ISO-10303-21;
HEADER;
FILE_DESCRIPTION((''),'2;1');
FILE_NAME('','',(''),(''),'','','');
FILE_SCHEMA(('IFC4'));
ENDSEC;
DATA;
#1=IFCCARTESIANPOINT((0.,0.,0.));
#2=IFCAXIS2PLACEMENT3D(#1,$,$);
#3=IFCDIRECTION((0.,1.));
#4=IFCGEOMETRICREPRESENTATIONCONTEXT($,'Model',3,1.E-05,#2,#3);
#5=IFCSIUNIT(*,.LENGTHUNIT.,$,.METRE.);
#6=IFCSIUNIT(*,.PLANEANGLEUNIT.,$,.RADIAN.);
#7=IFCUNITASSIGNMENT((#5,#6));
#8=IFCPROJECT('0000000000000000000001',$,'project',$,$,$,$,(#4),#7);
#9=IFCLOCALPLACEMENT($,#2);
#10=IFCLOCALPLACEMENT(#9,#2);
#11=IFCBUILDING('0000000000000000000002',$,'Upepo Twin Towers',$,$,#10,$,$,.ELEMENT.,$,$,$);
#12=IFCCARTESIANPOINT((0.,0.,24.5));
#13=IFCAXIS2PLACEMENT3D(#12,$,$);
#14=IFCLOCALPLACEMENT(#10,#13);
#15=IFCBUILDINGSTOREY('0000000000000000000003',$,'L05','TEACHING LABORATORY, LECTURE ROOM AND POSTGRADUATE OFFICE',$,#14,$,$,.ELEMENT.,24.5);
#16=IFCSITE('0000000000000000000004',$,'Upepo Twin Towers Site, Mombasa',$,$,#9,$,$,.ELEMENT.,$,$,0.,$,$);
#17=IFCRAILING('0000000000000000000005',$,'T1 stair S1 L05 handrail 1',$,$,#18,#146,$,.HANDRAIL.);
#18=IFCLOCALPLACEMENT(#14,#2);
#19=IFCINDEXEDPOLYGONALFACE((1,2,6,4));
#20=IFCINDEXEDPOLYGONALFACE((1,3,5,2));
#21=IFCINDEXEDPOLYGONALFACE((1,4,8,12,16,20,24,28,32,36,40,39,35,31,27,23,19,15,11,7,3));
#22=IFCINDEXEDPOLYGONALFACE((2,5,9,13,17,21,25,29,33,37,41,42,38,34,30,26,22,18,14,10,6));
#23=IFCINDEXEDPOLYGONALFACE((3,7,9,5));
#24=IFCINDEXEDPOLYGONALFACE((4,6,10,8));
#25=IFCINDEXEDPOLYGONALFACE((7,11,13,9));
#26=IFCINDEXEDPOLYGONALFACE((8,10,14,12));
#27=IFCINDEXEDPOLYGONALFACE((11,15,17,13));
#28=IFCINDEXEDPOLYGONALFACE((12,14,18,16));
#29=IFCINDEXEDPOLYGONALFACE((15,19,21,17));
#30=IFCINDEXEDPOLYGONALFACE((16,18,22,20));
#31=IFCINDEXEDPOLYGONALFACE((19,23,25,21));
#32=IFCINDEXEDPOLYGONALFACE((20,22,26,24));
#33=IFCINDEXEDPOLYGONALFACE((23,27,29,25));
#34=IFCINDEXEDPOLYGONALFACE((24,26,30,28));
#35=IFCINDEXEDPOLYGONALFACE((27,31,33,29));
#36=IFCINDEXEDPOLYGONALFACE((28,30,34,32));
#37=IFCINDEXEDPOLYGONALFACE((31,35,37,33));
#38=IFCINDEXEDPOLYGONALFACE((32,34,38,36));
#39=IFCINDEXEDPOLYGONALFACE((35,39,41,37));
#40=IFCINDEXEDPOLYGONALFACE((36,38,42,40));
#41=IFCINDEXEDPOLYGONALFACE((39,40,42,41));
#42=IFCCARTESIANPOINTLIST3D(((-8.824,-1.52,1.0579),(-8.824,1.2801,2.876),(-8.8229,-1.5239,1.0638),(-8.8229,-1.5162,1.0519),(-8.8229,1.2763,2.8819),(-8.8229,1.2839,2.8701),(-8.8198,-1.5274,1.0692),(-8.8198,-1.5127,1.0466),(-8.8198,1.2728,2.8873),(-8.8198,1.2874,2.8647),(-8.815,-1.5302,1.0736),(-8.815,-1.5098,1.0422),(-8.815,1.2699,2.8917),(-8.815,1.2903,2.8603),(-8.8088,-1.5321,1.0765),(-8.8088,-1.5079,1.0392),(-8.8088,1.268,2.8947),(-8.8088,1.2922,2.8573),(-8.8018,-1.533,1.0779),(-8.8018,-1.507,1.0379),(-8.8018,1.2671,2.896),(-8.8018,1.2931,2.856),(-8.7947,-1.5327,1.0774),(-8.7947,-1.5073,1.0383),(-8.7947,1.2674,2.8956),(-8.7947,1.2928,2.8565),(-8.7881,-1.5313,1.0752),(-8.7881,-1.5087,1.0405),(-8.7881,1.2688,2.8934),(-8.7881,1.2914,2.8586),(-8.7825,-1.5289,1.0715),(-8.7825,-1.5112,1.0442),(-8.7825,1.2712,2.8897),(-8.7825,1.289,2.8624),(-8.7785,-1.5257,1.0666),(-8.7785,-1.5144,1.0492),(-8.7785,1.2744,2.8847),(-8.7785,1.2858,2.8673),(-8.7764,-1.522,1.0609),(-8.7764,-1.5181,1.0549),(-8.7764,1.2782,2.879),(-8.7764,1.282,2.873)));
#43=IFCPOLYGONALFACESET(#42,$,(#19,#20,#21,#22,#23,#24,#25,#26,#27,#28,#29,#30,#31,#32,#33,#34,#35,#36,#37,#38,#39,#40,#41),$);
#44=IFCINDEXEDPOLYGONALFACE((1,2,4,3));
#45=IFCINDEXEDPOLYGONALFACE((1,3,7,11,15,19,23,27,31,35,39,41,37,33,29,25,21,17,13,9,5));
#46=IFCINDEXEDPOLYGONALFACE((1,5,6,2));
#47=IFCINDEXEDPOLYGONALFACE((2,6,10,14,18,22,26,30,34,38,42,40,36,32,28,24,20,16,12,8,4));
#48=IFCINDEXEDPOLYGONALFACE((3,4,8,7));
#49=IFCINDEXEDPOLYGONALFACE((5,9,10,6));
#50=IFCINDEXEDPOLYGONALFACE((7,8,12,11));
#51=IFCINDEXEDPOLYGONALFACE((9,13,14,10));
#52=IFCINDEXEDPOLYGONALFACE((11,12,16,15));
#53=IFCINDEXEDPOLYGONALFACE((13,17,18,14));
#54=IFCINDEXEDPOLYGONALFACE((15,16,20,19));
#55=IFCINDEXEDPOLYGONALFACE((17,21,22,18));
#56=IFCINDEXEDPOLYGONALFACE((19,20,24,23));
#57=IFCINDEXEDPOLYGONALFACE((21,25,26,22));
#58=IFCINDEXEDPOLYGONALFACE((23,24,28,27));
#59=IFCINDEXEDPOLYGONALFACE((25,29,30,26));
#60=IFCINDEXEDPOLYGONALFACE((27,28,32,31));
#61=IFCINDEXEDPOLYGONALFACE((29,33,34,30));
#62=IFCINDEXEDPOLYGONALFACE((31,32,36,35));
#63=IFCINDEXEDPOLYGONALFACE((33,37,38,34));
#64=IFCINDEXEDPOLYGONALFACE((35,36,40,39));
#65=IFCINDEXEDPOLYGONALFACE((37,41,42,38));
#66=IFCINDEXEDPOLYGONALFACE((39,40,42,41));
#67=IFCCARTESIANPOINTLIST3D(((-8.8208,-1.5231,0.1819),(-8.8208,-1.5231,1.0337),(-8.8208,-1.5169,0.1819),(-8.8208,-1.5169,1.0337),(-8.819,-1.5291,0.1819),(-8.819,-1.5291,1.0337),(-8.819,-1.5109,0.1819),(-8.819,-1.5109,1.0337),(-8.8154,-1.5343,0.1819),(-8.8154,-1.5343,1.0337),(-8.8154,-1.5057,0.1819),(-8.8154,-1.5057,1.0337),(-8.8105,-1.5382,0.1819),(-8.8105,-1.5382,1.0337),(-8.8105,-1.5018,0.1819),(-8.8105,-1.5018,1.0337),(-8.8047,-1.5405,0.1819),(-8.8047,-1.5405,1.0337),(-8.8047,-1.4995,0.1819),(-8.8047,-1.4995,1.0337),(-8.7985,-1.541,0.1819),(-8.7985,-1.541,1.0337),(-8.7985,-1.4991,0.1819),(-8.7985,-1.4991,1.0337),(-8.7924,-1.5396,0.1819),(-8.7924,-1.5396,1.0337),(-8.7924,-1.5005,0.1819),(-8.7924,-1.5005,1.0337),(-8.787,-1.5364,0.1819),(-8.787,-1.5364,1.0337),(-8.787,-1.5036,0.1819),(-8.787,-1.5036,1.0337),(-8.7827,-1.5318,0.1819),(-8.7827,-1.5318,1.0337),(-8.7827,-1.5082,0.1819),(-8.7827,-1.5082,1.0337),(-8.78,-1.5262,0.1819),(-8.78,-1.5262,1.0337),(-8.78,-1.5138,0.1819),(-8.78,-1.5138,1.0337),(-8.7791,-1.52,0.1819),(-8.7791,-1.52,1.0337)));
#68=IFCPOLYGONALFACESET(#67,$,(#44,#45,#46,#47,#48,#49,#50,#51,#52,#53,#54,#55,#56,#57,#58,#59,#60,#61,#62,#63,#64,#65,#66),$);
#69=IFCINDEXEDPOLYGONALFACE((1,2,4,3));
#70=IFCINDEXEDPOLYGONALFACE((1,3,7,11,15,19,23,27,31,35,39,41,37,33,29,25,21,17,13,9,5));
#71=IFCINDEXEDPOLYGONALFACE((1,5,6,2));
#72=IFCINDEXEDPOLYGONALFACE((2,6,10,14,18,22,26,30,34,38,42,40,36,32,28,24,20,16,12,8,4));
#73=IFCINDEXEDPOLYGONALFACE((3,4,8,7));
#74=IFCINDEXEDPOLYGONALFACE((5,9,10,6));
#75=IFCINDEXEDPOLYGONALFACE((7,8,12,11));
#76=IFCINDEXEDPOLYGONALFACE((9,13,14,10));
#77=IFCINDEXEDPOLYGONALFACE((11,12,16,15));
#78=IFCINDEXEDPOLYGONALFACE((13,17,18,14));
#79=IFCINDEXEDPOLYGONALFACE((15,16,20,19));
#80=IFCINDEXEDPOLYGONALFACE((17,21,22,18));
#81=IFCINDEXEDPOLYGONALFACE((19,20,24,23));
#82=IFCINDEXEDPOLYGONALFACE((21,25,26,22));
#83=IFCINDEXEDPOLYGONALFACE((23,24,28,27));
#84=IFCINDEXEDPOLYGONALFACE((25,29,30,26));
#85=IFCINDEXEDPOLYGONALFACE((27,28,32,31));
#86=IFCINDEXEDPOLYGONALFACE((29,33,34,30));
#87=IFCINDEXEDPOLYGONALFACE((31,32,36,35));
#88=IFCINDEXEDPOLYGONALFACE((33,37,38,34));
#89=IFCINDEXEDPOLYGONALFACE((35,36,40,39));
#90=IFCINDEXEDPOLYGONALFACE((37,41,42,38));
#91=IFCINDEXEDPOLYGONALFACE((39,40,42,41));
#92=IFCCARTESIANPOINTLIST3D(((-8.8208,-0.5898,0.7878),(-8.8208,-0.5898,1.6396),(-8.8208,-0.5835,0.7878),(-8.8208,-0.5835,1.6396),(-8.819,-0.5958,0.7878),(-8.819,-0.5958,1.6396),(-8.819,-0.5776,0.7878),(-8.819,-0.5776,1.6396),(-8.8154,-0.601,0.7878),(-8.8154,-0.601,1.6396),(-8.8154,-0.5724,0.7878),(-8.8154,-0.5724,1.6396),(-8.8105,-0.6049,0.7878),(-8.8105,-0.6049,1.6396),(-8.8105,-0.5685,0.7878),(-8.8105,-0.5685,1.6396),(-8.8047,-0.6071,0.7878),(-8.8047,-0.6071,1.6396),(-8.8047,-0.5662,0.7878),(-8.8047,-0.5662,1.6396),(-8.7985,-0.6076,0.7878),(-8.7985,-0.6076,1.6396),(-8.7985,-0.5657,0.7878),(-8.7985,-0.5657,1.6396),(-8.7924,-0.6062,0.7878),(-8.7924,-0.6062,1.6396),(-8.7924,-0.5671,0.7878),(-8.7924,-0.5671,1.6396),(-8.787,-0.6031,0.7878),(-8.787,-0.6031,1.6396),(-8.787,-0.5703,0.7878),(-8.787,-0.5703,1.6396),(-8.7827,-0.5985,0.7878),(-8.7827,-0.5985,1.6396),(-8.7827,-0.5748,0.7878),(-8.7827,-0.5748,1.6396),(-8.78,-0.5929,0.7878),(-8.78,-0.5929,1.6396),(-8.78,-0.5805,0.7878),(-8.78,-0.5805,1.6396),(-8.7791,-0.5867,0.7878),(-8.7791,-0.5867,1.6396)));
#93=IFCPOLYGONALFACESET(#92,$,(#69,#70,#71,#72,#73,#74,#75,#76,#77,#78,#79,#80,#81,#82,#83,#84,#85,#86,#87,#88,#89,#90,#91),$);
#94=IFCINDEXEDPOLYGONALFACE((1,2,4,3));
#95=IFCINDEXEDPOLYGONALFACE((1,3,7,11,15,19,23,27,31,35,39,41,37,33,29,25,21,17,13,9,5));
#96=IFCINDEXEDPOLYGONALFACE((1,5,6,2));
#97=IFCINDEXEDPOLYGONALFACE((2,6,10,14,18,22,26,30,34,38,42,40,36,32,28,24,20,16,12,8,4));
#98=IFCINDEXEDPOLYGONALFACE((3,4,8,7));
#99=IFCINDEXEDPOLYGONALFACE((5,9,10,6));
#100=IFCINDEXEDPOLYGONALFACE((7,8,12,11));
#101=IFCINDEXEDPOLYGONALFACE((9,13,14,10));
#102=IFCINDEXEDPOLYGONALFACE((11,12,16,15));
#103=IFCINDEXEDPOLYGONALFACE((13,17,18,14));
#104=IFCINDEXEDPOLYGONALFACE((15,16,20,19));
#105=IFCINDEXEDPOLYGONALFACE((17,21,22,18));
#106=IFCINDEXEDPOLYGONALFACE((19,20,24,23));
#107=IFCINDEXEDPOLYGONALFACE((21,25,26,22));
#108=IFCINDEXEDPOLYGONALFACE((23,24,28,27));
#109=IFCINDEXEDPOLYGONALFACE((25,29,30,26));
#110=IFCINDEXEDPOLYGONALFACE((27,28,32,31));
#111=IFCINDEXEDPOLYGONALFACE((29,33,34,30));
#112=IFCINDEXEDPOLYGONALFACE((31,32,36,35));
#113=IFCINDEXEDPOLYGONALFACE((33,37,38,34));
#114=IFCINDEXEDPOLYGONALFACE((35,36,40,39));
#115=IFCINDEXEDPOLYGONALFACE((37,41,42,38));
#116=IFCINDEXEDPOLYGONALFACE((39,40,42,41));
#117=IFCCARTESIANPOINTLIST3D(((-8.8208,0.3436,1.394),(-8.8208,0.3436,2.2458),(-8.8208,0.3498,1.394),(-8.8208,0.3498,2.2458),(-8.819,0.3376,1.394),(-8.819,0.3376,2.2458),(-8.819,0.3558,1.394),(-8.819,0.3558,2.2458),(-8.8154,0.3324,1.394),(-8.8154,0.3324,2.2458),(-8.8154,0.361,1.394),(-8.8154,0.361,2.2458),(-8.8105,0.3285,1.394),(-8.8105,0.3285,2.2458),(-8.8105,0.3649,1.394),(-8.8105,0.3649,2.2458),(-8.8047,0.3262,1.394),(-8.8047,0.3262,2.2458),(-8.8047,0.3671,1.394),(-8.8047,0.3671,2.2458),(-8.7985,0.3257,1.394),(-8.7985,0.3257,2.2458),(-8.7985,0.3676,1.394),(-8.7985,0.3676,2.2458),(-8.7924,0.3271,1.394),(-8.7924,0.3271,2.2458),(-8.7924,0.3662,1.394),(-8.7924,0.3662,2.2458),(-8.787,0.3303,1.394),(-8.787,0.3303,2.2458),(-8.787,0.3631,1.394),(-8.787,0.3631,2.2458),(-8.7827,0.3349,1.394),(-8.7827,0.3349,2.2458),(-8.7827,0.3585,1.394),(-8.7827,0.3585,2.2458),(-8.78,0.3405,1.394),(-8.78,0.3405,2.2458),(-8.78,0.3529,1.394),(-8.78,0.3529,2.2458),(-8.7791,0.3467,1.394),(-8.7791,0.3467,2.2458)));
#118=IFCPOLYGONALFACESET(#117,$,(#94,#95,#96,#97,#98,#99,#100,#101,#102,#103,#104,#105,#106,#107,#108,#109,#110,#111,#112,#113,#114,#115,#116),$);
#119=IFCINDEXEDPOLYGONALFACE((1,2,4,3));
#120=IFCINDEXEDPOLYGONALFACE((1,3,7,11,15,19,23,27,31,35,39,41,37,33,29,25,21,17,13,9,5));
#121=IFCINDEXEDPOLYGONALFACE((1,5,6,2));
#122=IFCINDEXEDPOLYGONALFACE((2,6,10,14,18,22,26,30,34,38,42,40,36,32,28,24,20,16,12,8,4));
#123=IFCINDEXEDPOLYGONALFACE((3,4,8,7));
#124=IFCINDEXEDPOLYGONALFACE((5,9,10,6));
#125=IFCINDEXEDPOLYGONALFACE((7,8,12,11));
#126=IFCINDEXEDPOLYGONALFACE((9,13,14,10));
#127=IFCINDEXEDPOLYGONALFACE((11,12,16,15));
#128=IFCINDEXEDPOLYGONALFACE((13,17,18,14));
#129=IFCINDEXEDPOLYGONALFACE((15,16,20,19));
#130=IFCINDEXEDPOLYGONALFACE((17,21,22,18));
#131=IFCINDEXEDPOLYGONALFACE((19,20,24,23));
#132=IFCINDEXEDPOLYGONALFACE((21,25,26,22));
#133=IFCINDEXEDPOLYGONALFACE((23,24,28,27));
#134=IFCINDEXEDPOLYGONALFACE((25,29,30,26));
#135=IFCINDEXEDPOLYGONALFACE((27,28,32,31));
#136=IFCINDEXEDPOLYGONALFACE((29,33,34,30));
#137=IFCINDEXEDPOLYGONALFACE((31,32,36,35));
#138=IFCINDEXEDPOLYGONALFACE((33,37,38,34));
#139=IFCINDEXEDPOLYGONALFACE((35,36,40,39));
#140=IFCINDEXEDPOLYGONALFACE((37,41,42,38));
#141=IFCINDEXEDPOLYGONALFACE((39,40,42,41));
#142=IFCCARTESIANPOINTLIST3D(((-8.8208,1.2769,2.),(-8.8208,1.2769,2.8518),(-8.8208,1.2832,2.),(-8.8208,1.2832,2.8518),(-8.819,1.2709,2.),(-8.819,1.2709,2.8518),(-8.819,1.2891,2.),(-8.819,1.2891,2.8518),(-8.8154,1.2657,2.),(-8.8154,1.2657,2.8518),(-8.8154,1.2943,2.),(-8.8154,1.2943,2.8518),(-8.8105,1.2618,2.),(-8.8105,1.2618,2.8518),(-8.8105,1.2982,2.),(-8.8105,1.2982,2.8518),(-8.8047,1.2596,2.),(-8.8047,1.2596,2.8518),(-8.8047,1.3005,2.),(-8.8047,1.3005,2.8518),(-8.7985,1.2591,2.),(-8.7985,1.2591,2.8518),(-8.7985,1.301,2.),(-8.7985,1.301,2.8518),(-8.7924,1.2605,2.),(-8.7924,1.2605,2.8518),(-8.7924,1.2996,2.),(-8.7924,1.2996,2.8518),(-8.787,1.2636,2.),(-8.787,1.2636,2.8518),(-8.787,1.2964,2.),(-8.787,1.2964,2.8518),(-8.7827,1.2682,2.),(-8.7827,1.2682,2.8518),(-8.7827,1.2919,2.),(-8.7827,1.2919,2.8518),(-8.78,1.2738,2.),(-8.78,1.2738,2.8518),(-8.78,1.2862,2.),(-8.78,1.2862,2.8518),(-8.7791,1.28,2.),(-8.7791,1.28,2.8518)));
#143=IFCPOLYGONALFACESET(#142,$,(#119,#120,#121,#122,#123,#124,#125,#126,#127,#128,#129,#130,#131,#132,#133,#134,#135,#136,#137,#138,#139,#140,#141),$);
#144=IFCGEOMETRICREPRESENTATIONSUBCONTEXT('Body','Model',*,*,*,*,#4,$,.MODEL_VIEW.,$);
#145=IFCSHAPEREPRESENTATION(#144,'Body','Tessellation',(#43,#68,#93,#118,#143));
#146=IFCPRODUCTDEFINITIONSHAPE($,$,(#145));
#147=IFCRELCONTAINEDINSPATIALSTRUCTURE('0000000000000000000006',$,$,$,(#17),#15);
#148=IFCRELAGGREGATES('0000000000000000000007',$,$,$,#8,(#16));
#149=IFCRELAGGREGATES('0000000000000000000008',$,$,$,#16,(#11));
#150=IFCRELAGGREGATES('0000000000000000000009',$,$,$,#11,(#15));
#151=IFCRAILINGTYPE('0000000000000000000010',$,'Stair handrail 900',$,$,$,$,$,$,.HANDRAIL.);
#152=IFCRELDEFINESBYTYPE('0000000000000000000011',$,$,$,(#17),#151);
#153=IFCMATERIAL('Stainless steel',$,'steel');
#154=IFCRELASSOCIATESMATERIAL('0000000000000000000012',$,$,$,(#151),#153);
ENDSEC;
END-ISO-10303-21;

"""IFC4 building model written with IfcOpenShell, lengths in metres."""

from ifc_helpers import new_model, si_unit, direction, frame, origin, origin_2d, place, context, subcontext, project, spatial, circle, extrude, material, type_object, element, save


model = new_model("IFC4")

# Units and contexts
model_context = context("Model", 3, precision=1e-05, world=origin(), true_north=direction((0.0, 1.0)))
body_context = subcontext(model_context, "Body", "Model", "MODEL_VIEW")
ifc_project = project(units=[si_unit("LENGTHUNIT", "METRE"), si_unit("PLANEANGLEUNIT", "RADIAN")], contexts=[model_context])

# Site, building, storey
site_placement = place(None, origin())
site = spatial("IfcSite", under=ifc_project, at=site_placement, Name="Upepo Twin Towers Site, Mombasa", CompositionType="ELEMENT", RefElevation=0.0)
building_placement = place(site_placement, origin())
building = spatial("IfcBuilding", under=site, at=building_placement, Name="Upepo Twin Towers", CompositionType="ELEMENT")
storey_placement = place(building_placement, frame((0.0, 0.0, 24.5)))
storey = spatial("IfcBuildingStorey", under=building, at=storey_placement, Name="L05", Description="TEACHING LABORATORY, LECTURE ROOM AND POSTGRADUATE OFFICE", CompositionType="ELEMENT", Elevation=24.5)

# Railing
ifc_material_1 = material(Name="Stainless steel", Category="steel")
railing_type = type_object("IfcRailingType", Name="Stair handrail 900", PredefinedType="HANDRAIL", material=ifc_material_1)
railing_placement = place(storey_placement, frame((-8.8, -1.52, 0.1819)))
element("IfcRailing", 1, at=railing_placement, inside=storey, type_object=railing_type, Name="T1 stair S1 L05 handrail 1", PredefinedType="HANDRAIL", context=body_context, shape_type="SweptSolid", body=[
    extrude(circle(Radius=0.0239, at=origin_2d()), frame((0.0, 0.0, 0.876), z_axis=(0.0, 0.838706, 0.544585), x_axis=(-1.0, 0.0, 0.0)), (0.0, 0.0, 1.0), 3.3386),
    extrude(circle(Radius=0.021, at=origin_2d()), origin(), (0.0, 0.0, 1.0), 0.8518),
    extrude(circle(Radius=0.021, at=origin_2d()), frame((0.0, 0.9333, 0.606)), (0.0, 0.0, 1.0), 0.8518),
    extrude(circle(Radius=0.021, at=origin_2d()), frame((0.0, 1.8667, 1.2122)), (0.0, 0.0, 1.0), 0.8518),
    extrude(circle(Radius=0.021, at=origin_2d()), frame((0.0, 2.8, 1.8181)), (0.0, 0.0, 1.0), 0.8518),
])

save(model, "model.ifc")
